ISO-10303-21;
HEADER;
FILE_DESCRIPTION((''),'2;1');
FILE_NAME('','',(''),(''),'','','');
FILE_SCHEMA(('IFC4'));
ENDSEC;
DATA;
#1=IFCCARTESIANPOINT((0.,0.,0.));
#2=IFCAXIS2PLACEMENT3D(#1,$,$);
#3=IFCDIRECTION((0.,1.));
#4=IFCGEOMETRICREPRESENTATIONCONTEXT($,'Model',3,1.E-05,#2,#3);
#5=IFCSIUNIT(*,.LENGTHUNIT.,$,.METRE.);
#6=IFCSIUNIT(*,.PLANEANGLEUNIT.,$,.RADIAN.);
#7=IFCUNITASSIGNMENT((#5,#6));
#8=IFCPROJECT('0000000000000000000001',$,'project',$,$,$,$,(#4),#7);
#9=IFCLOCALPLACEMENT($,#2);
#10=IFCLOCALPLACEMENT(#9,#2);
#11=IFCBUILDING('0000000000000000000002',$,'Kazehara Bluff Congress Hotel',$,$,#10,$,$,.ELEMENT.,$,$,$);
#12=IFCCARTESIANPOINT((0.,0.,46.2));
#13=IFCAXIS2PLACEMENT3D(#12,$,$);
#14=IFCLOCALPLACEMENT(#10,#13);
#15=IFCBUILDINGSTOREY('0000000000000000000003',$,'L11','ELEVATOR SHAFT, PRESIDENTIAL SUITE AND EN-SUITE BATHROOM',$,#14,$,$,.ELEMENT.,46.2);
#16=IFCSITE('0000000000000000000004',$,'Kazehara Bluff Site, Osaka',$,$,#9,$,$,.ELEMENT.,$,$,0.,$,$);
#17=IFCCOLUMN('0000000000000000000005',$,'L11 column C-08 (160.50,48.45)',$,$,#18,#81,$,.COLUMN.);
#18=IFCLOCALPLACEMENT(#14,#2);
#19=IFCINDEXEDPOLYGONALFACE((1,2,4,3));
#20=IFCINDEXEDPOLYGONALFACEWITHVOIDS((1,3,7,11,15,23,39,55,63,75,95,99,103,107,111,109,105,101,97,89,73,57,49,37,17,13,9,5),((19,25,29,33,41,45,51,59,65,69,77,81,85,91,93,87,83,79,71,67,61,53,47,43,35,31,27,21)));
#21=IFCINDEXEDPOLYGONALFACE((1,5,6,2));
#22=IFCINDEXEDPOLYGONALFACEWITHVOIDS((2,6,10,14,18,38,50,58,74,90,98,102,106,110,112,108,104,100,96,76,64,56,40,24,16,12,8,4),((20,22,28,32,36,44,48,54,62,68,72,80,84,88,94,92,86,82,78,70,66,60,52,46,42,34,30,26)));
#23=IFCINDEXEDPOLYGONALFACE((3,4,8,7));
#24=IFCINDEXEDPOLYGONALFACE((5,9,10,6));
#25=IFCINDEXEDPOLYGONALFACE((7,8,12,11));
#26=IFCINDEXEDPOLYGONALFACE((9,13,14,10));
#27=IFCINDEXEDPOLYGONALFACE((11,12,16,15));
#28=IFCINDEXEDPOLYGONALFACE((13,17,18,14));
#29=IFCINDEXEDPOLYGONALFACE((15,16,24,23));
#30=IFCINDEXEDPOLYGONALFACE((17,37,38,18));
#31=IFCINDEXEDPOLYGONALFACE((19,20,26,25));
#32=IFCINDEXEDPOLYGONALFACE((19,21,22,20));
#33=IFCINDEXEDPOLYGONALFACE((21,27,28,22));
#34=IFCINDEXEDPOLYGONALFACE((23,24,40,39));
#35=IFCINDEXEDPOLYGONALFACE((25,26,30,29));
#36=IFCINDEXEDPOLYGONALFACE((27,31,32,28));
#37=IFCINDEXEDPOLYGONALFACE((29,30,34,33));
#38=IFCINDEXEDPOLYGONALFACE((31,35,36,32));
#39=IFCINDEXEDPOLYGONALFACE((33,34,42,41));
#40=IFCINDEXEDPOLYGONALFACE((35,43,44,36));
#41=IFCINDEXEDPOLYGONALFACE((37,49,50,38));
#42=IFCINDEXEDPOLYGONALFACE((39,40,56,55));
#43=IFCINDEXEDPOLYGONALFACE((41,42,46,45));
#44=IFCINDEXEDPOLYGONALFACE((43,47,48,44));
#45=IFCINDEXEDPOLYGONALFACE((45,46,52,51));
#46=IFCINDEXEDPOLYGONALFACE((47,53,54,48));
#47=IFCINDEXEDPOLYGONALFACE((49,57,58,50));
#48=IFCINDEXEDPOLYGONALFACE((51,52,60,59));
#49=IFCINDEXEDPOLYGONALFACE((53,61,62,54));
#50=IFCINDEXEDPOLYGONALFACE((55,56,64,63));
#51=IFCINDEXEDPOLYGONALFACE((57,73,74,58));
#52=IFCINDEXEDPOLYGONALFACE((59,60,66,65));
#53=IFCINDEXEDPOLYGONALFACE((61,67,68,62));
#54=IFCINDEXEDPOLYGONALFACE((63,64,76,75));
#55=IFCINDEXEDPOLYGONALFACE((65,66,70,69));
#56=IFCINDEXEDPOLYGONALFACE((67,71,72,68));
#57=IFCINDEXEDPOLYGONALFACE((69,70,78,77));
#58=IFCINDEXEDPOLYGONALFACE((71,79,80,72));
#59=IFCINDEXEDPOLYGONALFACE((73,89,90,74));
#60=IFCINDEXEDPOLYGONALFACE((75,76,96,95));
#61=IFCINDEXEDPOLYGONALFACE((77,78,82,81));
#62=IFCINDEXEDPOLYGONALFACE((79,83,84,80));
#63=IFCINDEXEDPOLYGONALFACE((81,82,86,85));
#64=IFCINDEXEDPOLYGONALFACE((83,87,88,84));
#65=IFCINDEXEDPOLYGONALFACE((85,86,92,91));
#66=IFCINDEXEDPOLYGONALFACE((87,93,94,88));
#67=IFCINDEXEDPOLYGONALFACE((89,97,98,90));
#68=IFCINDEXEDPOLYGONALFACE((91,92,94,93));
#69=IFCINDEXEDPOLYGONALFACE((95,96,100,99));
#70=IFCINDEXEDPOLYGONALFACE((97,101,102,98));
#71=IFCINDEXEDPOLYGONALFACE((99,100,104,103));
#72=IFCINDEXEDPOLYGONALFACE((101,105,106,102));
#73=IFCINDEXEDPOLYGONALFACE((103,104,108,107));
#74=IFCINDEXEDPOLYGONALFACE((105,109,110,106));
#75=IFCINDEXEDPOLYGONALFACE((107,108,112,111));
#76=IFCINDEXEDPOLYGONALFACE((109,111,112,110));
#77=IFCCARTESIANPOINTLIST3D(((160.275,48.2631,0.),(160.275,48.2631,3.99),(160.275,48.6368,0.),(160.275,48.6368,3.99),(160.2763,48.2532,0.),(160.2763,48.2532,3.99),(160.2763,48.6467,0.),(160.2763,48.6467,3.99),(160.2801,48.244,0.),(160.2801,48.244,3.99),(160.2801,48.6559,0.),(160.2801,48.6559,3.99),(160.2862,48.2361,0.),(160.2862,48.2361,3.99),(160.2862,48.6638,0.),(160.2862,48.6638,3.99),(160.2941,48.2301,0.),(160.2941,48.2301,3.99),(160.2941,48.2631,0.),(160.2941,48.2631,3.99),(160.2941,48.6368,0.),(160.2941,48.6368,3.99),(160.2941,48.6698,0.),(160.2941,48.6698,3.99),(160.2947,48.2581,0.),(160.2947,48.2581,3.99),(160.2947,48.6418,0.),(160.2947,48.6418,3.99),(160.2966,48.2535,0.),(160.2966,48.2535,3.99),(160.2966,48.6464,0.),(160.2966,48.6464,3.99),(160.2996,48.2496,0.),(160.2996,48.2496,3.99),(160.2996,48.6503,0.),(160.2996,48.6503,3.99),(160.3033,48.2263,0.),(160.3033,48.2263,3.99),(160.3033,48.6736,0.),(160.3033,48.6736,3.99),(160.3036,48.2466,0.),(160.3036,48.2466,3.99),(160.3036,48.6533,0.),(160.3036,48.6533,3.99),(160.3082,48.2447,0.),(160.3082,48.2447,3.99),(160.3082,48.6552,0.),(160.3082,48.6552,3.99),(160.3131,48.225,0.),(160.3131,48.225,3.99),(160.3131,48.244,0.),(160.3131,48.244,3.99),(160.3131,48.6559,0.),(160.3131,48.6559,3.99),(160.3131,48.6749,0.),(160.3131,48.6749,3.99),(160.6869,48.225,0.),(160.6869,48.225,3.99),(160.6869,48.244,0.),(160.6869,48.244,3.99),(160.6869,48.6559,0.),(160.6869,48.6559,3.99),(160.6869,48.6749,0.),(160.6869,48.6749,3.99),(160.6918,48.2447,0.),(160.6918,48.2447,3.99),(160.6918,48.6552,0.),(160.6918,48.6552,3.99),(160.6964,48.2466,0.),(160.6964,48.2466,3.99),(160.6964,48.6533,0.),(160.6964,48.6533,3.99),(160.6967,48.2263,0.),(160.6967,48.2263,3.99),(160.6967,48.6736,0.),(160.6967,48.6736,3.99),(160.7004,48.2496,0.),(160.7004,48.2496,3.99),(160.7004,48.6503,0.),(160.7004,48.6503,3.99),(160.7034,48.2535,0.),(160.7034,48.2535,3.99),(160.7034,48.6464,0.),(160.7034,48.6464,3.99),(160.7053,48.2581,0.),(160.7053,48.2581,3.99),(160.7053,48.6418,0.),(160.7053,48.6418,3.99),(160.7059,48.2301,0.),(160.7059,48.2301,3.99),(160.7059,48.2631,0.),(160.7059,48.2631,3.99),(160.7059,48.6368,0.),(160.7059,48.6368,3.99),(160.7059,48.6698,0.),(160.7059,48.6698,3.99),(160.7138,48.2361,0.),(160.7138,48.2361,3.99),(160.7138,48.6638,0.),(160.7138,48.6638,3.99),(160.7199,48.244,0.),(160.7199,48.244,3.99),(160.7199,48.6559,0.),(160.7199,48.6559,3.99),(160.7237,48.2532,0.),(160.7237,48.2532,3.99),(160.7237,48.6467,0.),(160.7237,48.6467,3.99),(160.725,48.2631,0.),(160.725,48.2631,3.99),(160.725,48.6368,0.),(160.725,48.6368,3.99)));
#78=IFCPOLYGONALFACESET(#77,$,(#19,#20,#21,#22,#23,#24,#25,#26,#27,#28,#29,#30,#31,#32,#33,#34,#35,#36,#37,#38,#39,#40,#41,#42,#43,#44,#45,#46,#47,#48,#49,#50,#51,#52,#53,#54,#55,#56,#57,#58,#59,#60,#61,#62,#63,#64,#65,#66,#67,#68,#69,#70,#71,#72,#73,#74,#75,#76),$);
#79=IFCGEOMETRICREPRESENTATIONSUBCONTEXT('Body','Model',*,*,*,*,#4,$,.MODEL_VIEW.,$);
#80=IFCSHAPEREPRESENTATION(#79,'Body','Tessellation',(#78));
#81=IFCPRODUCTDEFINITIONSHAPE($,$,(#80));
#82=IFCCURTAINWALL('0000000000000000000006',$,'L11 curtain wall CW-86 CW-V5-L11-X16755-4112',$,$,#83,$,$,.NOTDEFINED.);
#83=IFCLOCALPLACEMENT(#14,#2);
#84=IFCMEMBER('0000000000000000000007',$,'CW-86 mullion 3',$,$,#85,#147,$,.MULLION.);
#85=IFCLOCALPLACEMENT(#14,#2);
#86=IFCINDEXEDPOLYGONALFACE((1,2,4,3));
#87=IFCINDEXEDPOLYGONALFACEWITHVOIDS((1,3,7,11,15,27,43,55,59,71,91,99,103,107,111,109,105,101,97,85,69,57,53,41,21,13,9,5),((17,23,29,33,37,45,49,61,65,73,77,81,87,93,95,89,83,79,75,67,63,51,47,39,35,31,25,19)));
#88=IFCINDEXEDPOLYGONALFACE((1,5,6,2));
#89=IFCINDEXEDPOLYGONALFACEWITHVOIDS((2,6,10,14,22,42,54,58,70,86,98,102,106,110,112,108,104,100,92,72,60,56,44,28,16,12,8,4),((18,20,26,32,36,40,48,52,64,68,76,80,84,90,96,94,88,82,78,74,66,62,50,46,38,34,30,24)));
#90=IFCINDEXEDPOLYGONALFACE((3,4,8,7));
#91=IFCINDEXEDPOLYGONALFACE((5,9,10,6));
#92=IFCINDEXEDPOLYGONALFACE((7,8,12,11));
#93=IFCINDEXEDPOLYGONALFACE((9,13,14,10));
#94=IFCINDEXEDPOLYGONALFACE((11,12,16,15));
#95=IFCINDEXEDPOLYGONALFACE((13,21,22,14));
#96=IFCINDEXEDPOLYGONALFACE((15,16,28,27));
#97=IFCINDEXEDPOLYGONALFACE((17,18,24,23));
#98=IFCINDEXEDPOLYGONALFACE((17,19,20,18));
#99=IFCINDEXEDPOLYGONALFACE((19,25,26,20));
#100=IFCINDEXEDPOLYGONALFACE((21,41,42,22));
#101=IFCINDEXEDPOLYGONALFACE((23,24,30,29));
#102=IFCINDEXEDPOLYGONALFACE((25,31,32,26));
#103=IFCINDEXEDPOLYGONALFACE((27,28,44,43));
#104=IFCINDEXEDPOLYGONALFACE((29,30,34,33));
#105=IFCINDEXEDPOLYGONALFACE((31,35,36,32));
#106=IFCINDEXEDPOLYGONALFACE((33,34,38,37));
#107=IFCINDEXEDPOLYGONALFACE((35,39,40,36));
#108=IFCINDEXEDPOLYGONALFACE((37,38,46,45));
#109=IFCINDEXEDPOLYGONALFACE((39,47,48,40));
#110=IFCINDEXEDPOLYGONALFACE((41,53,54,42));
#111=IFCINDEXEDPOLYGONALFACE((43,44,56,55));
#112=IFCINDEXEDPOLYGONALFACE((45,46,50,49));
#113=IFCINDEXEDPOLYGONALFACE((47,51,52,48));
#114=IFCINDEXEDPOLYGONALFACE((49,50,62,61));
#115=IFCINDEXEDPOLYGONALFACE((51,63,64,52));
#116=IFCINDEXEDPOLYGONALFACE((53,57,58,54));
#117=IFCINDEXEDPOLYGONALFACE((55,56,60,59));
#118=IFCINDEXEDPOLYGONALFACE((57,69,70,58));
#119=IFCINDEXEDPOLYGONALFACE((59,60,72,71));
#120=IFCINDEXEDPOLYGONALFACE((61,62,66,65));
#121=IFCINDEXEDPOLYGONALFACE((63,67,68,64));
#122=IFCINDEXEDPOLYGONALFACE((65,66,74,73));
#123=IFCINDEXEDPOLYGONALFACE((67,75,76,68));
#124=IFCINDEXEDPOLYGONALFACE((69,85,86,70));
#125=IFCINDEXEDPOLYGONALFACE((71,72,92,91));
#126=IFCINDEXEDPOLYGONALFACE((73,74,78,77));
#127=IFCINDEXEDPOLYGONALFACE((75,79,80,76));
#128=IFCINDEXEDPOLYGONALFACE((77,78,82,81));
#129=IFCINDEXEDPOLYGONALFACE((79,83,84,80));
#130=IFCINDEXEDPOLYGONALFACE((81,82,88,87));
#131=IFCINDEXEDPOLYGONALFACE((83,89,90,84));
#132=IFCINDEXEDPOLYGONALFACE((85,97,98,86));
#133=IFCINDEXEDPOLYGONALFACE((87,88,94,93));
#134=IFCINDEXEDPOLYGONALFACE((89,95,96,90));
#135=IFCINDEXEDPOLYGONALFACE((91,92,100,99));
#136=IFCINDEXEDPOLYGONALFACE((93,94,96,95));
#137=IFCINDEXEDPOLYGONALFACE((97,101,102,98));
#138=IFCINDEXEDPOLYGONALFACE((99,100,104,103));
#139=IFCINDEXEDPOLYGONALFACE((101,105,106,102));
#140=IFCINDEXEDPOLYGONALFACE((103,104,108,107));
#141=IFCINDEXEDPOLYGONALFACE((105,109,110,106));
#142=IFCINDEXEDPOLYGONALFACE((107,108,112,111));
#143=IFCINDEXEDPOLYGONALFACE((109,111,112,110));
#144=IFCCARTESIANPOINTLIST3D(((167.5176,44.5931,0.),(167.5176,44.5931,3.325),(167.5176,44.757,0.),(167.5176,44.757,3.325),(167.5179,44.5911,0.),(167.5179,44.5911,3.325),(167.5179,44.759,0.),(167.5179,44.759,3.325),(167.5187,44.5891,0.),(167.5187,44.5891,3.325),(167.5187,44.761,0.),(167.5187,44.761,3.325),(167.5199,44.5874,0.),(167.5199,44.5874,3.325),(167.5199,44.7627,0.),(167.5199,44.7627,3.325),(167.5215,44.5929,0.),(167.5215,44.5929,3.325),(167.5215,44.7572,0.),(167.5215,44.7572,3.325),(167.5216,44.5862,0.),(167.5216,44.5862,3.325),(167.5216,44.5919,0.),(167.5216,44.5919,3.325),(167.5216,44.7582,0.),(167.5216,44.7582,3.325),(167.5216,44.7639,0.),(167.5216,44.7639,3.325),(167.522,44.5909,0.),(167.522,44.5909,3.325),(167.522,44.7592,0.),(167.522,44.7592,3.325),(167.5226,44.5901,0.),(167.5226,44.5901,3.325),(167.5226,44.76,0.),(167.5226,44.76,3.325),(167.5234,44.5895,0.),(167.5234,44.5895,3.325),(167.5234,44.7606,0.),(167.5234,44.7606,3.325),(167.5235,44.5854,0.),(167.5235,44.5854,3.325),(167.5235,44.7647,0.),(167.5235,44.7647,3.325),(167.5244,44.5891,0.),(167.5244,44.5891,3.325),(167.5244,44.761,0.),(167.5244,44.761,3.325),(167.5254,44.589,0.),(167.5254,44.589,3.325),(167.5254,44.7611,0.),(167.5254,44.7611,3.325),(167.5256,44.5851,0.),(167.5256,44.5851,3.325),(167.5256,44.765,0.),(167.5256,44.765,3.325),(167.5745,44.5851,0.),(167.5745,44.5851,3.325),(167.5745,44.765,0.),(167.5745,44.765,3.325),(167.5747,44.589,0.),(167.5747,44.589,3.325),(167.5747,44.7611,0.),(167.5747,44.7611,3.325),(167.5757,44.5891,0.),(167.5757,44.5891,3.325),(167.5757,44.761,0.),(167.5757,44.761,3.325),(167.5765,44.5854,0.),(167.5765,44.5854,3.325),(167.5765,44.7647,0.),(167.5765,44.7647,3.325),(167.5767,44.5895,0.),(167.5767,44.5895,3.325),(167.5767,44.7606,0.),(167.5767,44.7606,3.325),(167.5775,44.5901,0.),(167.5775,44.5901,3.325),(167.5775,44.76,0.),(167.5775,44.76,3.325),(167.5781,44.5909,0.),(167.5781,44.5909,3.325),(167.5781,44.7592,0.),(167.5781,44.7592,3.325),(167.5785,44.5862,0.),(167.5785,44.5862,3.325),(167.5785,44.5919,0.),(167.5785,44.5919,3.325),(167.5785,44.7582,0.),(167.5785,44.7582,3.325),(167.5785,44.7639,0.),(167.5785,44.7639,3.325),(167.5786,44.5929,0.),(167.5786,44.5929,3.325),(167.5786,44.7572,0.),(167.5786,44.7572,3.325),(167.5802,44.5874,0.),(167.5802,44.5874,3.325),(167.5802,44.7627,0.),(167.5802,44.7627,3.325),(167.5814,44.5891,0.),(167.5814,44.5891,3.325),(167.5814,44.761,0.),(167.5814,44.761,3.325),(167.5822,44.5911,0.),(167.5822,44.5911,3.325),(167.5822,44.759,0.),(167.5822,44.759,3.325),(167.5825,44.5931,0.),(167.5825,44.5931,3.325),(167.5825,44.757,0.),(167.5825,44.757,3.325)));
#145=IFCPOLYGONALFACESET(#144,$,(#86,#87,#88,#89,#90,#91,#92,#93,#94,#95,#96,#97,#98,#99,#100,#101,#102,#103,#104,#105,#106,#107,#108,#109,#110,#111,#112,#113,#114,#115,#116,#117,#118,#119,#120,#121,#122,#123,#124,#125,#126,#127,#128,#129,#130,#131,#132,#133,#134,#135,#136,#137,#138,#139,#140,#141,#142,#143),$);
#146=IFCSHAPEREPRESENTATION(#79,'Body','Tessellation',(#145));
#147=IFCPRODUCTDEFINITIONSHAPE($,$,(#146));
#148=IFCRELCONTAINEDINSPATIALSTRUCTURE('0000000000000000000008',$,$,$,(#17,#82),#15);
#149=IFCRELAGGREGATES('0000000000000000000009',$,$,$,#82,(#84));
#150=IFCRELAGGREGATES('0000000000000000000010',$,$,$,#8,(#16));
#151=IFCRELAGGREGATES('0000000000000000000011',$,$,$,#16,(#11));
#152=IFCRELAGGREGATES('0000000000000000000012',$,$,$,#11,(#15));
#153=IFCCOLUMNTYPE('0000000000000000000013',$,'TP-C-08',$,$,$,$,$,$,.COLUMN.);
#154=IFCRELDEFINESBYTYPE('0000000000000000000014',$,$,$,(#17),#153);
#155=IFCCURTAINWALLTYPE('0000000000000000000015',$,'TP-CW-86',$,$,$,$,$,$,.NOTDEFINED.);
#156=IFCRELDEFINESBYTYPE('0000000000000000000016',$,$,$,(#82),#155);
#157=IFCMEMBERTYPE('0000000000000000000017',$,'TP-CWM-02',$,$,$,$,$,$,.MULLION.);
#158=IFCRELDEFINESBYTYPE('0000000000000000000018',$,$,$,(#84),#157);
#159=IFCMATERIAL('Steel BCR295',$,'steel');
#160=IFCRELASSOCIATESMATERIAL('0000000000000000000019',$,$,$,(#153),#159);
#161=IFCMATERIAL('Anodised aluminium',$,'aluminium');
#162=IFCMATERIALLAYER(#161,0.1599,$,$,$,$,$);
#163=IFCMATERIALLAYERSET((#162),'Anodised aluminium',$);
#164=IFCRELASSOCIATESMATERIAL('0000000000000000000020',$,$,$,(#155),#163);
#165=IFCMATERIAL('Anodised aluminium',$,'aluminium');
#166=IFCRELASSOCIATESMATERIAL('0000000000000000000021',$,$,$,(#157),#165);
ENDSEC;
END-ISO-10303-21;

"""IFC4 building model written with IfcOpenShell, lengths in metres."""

from ifc_helpers import new_model, si_unit, direction, frame, origin, origin_2d, place, context, subcontext, project, spatial, hollow_rectangle, extrude, material, layer, layer_set, material_profile, profile_set, type_object, element, aggregate, save


model = new_model("IFC4")

# Units and contexts
model_context = context("Model", 3, precision=1e-05, world=origin(), true_north=direction((0.0, 1.0)))
body_context = subcontext(model_context, "Body", "Model", "MODEL_VIEW")
ifc_project = project(units=[si_unit("LENGTHUNIT", "METRE"), si_unit("PLANEANGLEUNIT", "RADIAN")], contexts=[model_context])

# Site, building, storey
site_placement = place(None, origin())
site = spatial("IfcSite", under=ifc_project, at=site_placement, Name="Kazehara Bluff Site, Osaka", CompositionType="ELEMENT", RefElevation=0.0)
building_placement = place(site_placement, origin())
building = spatial("IfcBuilding", under=site, at=building_placement, Name="Kazehara Bluff Congress Hotel", CompositionType="ELEMENT")
storey_placement = place(building_placement, frame((0.0, 0.0, 46.2)))
storey = spatial("IfcBuildingStorey", under=building, at=storey_placement, Name="L11", Description="ELEVATOR SHAFT, PRESIDENTIAL SUITE AND EN-SUITE BATHROOM", CompositionType="ELEMENT", Elevation=46.2)

# Column
ifc_material_1 = material(Name="Steel BCR295", Category="steel")
ifc_material_profile_1 = material_profile(ifc_material_1, hollow_rectangle(XDim=0.45, YDim=0.45, WallThickness=0.019, InnerFilletRadius=0.019, OuterFilletRadius=0.0381, at=origin_2d()))
ifc_profile_set_1 = profile_set([ifc_material_profile_1], Name="Steel BCR295")
column_type = type_object("IfcColumnType", Name="TP-C-08", PredefinedType="COLUMN", material=ifc_profile_set_1)
column_placement = place(storey_placement, frame((160.5, 48.45, 0.0), z_axis=(0.0, 0.0, 1.0), x_axis=(1.0, 0.0, 0.0)))
element("IfcColumn", 1, at=column_placement, inside=storey, type_object=column_type, Name="L11 column C-08 (160.50,48.45)", PredefinedType="COLUMN", context=body_context, shape_type="SweptSolid", body=[
    extrude(hollow_rectangle(XDim=0.45, YDim=0.45, WallThickness=0.019, InnerFilletRadius=0.019, OuterFilletRadius=0.0381, at=origin_2d()), origin(), (0.0, 0.0, 1.0), 3.99),
])

# Curtain wall, member
ifc_material_2 = material(Name="Anodised aluminium", Category="aluminium")
ifc_layer_1 = layer(ifc_material_2, 0.1599)
ifc_layer_set_1 = layer_set([ifc_layer_1], Name="Anodised aluminium")
curtain_wall_type = type_object("IfcCurtainWallType", Name="TP-CW-86", PredefinedType="NOTDEFINED", material=ifc_layer_set_1)
curtain_wall_placement = place(storey_placement, origin())
curtain_wall = element("IfcCurtainWall", 2, at=curtain_wall_placement, inside=storey, type_object=curtain_wall_type, Name="L11 curtain wall CW-86 CW-V5-L11-X16755-4112", PredefinedType="NOTDEFINED")
ifc_material_3 = material(Name="Anodised aluminium", Category="aluminium")
ifc_material_profile_2 = material_profile(ifc_material_3, hollow_rectangle(XDim=0.0649, YDim=0.1799, WallThickness=0.0039, InnerFilletRadius=0.0039, OuterFilletRadius=0.0081, at=origin_2d()))
ifc_profile_set_2 = profile_set([ifc_material_profile_2], Name="Anodised aluminium")
member_type_1 = type_object("IfcMemberType", Name="TP-CWM-02", PredefinedType="MULLION", material=ifc_profile_set_2)
member_1_placement = place(storey_placement, frame((167.55, 44.675, 0.0), z_axis=(0.0, 0.0, 1.0), x_axis=(-1.0, 0.0, 0.0)))
member_1 = element("IfcMember", 3, at=member_1_placement, type_object=member_type_1, Name="CW-86 mullion 3", PredefinedType="MULLION", context=body_context, shape_type="SweptSolid", body=[
    extrude(hollow_rectangle(XDim=0.0649, YDim=0.1799, WallThickness=0.0039, InnerFilletRadius=0.0039, OuterFilletRadius=0.0081, at=origin_2d()), origin(), (0.0, 0.0, 1.0), 3.325),
])

aggregate(curtain_wall, [member_1])

save(model, "model.ifc")
